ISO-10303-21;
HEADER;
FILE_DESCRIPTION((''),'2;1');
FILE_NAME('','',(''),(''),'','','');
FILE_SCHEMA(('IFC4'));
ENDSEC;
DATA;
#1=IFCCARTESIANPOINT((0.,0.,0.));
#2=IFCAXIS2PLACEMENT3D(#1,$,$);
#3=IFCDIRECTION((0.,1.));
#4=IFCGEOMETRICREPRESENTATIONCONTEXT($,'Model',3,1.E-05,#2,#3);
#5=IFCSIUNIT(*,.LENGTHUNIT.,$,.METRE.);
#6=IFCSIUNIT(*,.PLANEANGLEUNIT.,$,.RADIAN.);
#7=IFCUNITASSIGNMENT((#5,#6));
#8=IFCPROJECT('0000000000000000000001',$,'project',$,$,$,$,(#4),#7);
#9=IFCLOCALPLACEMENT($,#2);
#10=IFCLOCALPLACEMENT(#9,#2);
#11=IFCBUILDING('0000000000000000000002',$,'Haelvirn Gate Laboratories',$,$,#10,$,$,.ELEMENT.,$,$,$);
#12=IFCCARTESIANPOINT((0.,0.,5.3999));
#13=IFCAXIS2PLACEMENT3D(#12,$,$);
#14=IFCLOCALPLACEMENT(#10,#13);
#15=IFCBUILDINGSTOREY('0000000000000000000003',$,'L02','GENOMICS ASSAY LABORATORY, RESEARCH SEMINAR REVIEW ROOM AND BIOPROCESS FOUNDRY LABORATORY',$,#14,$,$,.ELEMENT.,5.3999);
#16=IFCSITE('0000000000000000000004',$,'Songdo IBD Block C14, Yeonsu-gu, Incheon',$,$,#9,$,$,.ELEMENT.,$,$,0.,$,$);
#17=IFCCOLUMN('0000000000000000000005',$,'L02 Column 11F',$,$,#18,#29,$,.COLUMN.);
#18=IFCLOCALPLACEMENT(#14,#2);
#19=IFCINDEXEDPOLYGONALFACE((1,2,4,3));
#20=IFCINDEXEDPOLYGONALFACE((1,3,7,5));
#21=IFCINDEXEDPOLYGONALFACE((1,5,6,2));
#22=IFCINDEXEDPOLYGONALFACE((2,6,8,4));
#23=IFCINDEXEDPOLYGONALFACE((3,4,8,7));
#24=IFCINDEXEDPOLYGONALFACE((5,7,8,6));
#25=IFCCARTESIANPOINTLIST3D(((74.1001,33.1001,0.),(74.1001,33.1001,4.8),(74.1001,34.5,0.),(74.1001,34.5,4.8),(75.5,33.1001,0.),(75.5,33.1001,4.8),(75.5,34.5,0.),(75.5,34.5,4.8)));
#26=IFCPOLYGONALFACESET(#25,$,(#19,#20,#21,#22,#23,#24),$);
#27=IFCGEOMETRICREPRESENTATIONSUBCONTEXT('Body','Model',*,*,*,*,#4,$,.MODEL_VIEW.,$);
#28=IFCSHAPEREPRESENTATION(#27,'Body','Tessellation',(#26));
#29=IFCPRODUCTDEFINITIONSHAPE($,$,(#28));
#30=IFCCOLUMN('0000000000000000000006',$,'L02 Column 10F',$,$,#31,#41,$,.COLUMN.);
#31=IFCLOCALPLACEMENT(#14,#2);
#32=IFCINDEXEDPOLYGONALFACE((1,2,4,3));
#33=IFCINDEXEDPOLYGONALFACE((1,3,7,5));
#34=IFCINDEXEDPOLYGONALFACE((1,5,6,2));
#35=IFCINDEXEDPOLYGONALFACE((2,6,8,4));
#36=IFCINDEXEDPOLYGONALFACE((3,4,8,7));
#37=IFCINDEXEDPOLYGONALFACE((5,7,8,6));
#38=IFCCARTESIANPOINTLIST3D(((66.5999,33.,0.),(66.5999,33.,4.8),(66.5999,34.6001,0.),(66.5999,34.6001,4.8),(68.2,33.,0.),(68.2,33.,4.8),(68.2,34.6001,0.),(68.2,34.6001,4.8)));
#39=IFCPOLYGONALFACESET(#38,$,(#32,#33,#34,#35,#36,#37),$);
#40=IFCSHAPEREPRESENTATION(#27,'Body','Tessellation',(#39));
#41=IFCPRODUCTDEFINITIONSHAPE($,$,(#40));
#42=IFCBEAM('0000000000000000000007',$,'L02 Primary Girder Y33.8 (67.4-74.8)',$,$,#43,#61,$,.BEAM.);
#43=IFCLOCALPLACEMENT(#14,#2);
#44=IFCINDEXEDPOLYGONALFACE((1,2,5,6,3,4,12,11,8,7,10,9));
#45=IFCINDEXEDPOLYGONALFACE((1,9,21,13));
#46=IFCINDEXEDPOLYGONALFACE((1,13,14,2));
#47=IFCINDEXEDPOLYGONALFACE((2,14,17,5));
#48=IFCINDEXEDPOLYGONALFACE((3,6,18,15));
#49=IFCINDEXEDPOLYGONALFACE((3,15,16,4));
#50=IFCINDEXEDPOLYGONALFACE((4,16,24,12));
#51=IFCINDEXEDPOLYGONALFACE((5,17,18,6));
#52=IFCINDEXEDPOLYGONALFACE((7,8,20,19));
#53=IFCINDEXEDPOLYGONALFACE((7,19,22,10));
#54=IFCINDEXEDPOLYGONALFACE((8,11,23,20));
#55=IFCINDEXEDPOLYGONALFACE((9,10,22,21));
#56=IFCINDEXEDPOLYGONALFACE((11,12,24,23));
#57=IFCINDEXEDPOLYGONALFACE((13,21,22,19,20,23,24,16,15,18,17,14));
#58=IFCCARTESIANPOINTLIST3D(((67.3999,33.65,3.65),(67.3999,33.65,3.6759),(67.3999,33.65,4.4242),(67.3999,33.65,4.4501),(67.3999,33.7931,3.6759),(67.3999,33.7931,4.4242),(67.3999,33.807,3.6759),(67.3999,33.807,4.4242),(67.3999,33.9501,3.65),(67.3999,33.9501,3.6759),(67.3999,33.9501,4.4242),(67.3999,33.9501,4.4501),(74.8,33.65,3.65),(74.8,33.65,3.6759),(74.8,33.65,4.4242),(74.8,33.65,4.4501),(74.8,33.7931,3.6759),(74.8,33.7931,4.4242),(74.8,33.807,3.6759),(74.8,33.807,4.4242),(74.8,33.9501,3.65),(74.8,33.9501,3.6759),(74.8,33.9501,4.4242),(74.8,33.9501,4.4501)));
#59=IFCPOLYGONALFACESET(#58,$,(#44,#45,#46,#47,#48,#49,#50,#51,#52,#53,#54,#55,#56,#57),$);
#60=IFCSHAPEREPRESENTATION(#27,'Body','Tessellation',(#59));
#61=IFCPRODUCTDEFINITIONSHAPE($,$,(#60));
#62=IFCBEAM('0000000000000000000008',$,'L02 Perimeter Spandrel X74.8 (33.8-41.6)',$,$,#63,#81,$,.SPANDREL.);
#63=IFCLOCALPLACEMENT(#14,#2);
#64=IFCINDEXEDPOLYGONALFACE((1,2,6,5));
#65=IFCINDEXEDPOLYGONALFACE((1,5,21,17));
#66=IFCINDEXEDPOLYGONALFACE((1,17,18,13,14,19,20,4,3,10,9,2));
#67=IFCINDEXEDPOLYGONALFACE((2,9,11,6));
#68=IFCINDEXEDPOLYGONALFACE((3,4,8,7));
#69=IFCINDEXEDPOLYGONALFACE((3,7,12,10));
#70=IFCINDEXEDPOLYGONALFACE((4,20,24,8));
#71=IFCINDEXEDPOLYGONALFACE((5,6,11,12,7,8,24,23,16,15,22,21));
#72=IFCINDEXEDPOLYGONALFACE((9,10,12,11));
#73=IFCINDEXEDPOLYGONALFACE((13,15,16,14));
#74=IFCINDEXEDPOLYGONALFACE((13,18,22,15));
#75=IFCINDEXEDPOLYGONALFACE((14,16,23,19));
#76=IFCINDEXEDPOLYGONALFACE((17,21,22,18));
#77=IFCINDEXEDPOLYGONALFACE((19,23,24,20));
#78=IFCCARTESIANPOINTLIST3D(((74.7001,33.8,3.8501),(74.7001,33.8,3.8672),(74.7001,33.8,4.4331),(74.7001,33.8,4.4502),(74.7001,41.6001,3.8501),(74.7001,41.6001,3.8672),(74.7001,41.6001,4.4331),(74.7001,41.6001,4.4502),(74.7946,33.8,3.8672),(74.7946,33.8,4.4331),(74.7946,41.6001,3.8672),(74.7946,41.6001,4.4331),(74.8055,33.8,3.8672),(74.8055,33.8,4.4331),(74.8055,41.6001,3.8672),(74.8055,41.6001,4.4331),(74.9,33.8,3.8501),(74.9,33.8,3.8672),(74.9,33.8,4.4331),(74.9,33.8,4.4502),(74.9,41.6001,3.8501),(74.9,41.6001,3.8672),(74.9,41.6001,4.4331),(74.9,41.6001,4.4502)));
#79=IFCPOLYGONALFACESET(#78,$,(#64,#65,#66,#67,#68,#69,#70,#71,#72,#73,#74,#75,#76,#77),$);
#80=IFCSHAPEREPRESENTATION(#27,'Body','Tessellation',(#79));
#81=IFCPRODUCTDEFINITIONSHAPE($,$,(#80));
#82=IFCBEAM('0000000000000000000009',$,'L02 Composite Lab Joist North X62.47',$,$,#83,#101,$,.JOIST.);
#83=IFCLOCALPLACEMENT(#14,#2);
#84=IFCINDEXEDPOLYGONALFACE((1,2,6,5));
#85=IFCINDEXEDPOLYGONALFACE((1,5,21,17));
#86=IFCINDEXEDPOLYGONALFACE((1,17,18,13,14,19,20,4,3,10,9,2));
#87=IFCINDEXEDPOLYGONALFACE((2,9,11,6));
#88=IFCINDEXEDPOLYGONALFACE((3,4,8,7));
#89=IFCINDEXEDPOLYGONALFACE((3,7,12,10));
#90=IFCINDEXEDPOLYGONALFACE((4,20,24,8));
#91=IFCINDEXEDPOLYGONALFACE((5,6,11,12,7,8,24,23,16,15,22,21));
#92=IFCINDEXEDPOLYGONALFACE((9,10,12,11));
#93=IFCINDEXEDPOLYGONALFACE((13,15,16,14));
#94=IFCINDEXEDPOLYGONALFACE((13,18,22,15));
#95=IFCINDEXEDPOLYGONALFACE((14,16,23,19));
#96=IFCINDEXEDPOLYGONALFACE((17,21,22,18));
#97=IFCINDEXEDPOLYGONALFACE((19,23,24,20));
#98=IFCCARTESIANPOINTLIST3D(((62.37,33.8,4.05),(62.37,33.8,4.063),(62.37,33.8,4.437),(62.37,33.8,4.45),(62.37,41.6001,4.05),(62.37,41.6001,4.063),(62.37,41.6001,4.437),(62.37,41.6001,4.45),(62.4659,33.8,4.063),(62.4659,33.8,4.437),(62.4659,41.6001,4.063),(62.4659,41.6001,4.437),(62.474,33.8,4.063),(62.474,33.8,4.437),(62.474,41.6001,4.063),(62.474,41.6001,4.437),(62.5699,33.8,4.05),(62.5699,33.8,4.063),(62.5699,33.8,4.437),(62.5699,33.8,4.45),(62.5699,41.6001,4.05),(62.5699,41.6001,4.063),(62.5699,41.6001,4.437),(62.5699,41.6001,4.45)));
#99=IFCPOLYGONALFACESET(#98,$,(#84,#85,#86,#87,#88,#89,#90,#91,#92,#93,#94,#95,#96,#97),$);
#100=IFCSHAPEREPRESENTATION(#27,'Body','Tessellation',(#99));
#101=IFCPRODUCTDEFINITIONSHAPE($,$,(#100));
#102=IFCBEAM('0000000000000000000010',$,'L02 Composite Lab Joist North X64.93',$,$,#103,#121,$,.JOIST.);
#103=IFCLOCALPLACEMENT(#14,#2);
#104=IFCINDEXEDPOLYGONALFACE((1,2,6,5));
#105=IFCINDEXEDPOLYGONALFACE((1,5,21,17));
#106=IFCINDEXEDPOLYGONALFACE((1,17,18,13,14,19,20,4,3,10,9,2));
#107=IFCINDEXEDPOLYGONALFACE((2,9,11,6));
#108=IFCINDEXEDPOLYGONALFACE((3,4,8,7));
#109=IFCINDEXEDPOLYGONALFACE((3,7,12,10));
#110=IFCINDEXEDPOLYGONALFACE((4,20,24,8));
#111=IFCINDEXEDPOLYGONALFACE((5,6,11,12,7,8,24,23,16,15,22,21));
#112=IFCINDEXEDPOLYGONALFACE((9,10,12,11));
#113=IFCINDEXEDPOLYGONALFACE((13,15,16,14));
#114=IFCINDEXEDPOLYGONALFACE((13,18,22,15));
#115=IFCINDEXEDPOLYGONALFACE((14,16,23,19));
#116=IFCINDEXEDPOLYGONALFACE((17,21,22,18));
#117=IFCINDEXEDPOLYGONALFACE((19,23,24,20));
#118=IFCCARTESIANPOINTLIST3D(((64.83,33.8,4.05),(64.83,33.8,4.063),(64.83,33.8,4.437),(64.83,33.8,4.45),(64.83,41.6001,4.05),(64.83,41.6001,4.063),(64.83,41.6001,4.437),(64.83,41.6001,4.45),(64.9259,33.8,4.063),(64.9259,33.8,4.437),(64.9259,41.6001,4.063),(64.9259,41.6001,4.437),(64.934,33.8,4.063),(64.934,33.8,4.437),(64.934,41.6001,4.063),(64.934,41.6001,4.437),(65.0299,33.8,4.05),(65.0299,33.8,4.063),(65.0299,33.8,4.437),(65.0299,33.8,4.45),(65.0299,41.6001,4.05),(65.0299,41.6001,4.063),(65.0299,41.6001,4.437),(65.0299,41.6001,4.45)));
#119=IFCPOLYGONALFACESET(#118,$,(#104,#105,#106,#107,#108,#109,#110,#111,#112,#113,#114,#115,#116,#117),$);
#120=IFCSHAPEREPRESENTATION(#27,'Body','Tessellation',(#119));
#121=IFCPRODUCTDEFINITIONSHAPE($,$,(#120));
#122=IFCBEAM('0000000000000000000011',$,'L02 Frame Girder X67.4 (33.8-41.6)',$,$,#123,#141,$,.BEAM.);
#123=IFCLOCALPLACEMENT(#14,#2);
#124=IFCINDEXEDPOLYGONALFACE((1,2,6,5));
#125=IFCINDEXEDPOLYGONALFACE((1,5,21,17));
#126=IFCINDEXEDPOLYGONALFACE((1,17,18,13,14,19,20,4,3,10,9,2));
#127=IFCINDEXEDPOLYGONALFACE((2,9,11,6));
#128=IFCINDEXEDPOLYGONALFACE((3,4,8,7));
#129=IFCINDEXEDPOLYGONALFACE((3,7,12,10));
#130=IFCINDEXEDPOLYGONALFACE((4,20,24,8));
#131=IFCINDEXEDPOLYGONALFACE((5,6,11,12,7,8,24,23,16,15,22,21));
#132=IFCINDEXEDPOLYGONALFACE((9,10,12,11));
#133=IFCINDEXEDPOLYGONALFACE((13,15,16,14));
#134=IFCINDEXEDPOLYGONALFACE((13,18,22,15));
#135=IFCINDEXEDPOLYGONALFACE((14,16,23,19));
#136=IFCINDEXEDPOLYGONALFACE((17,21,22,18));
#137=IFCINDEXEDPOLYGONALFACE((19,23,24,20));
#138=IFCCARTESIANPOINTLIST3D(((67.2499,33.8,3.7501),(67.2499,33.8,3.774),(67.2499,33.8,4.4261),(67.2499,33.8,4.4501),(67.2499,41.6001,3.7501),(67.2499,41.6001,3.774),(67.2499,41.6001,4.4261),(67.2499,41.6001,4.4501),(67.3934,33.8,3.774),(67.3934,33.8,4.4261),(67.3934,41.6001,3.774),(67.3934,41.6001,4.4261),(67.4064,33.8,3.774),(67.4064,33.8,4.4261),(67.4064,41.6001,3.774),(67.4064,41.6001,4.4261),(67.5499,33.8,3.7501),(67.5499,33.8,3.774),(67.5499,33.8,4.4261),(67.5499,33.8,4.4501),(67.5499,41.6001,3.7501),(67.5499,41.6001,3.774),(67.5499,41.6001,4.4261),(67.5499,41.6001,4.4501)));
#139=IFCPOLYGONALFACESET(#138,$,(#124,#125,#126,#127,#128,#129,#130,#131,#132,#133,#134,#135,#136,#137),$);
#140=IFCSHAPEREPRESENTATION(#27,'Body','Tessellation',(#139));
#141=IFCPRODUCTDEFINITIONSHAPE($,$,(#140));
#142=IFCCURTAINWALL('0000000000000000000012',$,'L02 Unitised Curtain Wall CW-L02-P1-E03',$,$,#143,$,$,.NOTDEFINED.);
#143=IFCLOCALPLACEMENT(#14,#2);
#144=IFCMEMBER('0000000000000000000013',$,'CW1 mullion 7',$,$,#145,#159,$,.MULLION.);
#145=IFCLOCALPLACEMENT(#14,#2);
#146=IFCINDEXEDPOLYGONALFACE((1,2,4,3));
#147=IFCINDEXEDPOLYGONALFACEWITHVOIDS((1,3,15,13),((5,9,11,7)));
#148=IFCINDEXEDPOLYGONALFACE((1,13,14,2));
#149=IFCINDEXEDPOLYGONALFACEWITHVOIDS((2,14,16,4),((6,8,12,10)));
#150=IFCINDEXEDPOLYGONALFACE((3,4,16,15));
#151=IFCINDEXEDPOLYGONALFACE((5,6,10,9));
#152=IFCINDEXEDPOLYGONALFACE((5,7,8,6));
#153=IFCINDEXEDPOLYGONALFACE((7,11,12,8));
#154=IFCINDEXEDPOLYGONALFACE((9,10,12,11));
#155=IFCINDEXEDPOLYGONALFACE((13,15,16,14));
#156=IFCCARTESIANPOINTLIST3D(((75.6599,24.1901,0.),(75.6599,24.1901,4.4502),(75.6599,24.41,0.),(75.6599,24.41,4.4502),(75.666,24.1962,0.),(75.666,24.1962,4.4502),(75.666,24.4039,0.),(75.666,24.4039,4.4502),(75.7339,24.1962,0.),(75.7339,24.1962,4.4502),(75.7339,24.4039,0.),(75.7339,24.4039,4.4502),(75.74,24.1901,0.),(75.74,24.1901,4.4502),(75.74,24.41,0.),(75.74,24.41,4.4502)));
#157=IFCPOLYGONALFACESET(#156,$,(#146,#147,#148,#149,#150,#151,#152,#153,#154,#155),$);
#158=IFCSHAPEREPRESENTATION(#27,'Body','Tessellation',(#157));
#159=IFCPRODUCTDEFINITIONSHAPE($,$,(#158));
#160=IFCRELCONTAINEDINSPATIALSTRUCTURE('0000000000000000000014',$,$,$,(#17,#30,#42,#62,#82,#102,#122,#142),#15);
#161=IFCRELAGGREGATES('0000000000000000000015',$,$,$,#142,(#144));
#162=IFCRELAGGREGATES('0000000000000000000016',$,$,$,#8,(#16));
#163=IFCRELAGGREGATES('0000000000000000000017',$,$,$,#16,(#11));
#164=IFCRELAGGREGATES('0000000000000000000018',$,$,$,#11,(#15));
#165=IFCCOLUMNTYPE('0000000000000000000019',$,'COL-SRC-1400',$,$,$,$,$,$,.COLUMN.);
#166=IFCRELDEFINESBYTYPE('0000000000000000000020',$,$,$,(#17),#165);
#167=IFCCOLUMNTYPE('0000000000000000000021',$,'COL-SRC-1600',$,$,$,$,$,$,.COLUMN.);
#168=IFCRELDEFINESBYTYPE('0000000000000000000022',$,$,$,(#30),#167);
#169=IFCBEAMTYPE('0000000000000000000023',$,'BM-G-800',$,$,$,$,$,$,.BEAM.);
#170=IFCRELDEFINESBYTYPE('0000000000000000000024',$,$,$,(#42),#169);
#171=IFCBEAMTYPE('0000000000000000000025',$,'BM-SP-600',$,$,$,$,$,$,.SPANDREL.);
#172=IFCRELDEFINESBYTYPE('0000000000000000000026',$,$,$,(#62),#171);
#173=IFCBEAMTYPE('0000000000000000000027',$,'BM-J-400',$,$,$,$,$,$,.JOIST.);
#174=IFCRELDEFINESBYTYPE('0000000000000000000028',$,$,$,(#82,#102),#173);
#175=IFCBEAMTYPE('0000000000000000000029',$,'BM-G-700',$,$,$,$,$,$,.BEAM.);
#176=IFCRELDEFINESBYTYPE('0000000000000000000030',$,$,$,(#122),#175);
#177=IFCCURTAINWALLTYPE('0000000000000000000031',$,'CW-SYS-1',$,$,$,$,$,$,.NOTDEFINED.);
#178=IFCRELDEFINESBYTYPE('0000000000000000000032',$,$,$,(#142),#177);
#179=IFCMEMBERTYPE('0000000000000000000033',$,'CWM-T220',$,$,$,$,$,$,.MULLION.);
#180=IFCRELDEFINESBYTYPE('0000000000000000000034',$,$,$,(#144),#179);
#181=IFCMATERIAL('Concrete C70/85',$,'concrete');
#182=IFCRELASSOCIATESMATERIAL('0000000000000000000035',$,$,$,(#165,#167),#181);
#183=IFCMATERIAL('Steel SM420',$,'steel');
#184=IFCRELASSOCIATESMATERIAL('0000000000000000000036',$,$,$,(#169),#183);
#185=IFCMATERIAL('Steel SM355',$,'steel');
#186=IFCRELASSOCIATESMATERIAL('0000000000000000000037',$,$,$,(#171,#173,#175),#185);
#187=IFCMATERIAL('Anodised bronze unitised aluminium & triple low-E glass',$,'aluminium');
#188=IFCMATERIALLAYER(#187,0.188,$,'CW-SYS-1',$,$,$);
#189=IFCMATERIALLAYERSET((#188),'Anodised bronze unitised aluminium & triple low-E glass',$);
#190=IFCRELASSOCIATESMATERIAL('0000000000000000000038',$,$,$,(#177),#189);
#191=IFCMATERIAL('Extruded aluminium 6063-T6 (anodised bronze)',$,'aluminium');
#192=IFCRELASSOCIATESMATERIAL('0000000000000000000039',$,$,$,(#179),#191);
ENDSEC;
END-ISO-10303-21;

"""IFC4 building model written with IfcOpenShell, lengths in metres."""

from ifc_helpers import new_model, si_unit, direction, frame, origin, origin_2d, place, context, subcontext, project, spatial, rectangle, hollow_rectangle, i_section, extrude, source, transform, mapped, material, layer, layer_set, material_profile, profile_set, type_object, type_shapes, element, aggregate, save


model = new_model("IFC4")

# Units and contexts
model_context = context("Model", 3, precision=1e-05, world=origin(), true_north=direction((0.0, 1.0)))
body_context = subcontext(model_context, "Body", "Model", "MODEL_VIEW")
ifc_project = project(units=[si_unit("LENGTHUNIT", "METRE"), si_unit("PLANEANGLEUNIT", "RADIAN")], contexts=[model_context])

# Site, building, storey
site_placement = place(None, origin())
site = spatial("IfcSite", under=ifc_project, at=site_placement, Name="Songdo IBD Block C14, Yeonsu-gu, Incheon", CompositionType="ELEMENT", RefElevation=0.0)
building_placement = place(site_placement, origin())
building = spatial("IfcBuilding", under=site, at=building_placement, Name="Haelvirn Gate Laboratories", CompositionType="ELEMENT")
storey_placement = place(building_placement, frame((0.0, 0.0, 5.3999)))
storey = spatial("IfcBuildingStorey", under=building, at=storey_placement, Name="L02", Description="GENOMICS ASSAY LABORATORY, RESEARCH SEMINAR REVIEW ROOM AND BIOPROCESS FOUNDRY LABORATORY", CompositionType="ELEMENT", Elevation=5.3999)

# Columns
ifc_material_1 = material(Name="Concrete C70/85", Category="concrete")
ifc_material_profile_1 = material_profile(ifc_material_1, rectangle(XDim=1.3999, YDim=1.3999, at=origin_2d()), Name="SRC-1400x1400")
ifc_profile_set_1 = profile_set([ifc_material_profile_1], Name="Concrete C70/85")
column_type_1 = type_object("IfcColumnType", Name="COL-SRC-1400", PredefinedType="COLUMN", material=ifc_profile_set_1)
shared_shape_1 = source(origin(), body_context, "Body", "SweptSolid", [
    extrude(rectangle(XDim=1.3999, YDim=1.3999, at=origin_2d()), origin(), (0.0, 0.0, 1.0), 4.8),
])
type_shapes(column_type_1, [shared_shape_1])
column_1_placement = place(storey_placement, frame((74.8, 33.8, 0.0), z_axis=(0.0, 0.0, 1.0), x_axis=(1.0, 0.0, 0.0)))
element("IfcColumn", 1, at=column_1_placement, inside=storey, type_object=column_type_1, Name="L02 Column 11F", PredefinedType="COLUMN", context=body_context, shape_type="MappedRepresentation", body=[
    mapped(shared_shape_1, transform((0.0, 0.0, 0.0), scale=1.0)),
])
ifc_material_profile_2 = material_profile(ifc_material_1, rectangle(XDim=1.6001, YDim=1.6001, at=origin_2d()), Name="SRC-1600x1600")
ifc_profile_set_2 = profile_set([ifc_material_profile_2], Name="Concrete C70/85")
column_type_2 = type_object("IfcColumnType", Name="COL-SRC-1600", PredefinedType="COLUMN", material=ifc_profile_set_2)
shared_shape_2 = source(origin(), body_context, "Body", "SweptSolid", [
    extrude(rectangle(XDim=1.6001, YDim=1.6001, at=origin_2d()), origin(), (0.0, 0.0, 1.0), 4.8),
])
type_shapes(column_type_2, [shared_shape_2])
column_2_placement = place(storey_placement, frame((67.3999, 33.8, 0.0), z_axis=(0.0, 0.0, 1.0), x_axis=(1.0, 0.0, 0.0)))
element("IfcColumn", 2, at=column_2_placement, inside=storey, type_object=column_type_2, Name="L02 Column 10F", PredefinedType="COLUMN", context=body_context, shape_type="MappedRepresentation", body=[
    mapped(shared_shape_2, transform((0.0, 0.0, 0.0), scale=1.0)),
])

# Beams
ifc_material_2 = material(Name="Steel SM420", Category="steel")
ifc_material_profile_3 = material_profile(ifc_material_2, i_section(OverallWidth=0.3, OverallDepth=0.8, WebThickness=0.0139, FlangeThickness=0.0259, at=origin_2d()), Name="H-800x300x14x26")
ifc_profile_set_3 = profile_set([ifc_material_profile_3], Name="Steel SM420")
beam_type_1 = type_object("IfcBeamType", Name="BM-G-800", PredefinedType="BEAM", material=ifc_profile_set_3)
shared_shape_3 = source(origin(), body_context, "Body", "SweptSolid", [
    extrude(i_section(OverallWidth=0.3, OverallDepth=0.8, WebThickness=0.0139, FlangeThickness=0.0259, at=origin_2d()), origin(), (0.0, 0.0, 1.0), 7.4001),
])
type_shapes(beam_type_1, [shared_shape_3])
beam_1_placement = place(storey_placement, frame((67.3999, 33.8, 4.05), z_axis=(1.0, 0.0, 0.0), x_axis=(0.0, 1.0, 0.0)))
element("IfcBeam", 3, at=beam_1_placement, inside=storey, type_object=beam_type_1, Name="L02 Primary Girder Y33.8 (67.4-74.8)", PredefinedType="BEAM", context=body_context, shape_type="MappedRepresentation", body=[
    mapped(shared_shape_3, transform((0.0, 0.0, 0.0), scale=1.0)),
])
ifc_material_3 = material(Name="Steel SM355", Category="steel")
ifc_material_profile_4 = material_profile(ifc_material_3, i_section(OverallWidth=0.2, OverallDepth=0.6001, WebThickness=0.011, FlangeThickness=0.0171, at=origin_2d()), Name="H-600x200x11x17")
ifc_profile_set_4 = profile_set([ifc_material_profile_4], Name="Steel SM355")
beam_type_2 = type_object("IfcBeamType", Name="BM-SP-600", PredefinedType="SPANDREL", material=ifc_profile_set_4)
shared_shape_4 = source(origin(), body_context, "Body", "SweptSolid", [
    extrude(i_section(OverallWidth=0.2, OverallDepth=0.6001, WebThickness=0.011, FlangeThickness=0.0171, at=origin_2d()), origin(), (0.0, 0.0, 1.0), 7.8),
])
type_shapes(beam_type_2, [shared_shape_4])
beam_2_placement = place(storey_placement, frame((74.8, 33.8, 4.1501), z_axis=(0.0, 1.0, 0.0), x_axis=(-1.0, 0.0, 0.0)))
element("IfcBeam", 4, at=beam_2_placement, inside=storey, type_object=beam_type_2, Name="L02 Perimeter Spandrel X74.8 (33.8-41.6)", PredefinedType="SPANDREL", context=body_context, shape_type="MappedRepresentation", body=[
    mapped(shared_shape_4, transform((0.0, 0.0, 0.0), scale=1.0)),
])
ifc_material_profile_5 = material_profile(ifc_material_3, i_section(OverallWidth=0.2, OverallDepth=0.3999, WebThickness=0.0081, FlangeThickness=0.0129, at=origin_2d()), Name="H-400x200x8x13")
ifc_profile_set_5 = profile_set([ifc_material_profile_5], Name="Steel SM355")
beam_type_3 = type_object("IfcBeamType", Name="BM-J-400", PredefinedType="JOIST", material=ifc_profile_set_5)
shared_shape_5 = source(origin(), body_context, "Body", "SweptSolid", [
    extrude(i_section(OverallWidth=0.2, OverallDepth=0.3999, WebThickness=0.0081, FlangeThickness=0.0129, at=origin_2d()), origin(), (0.0, 0.0, 1.0), 7.8),
])
type_shapes(beam_type_3, [shared_shape_5])
for number, where, z_axis, x_axis, name in (
    (5, (62.47, 33.8, 4.25), (0.0, 1.0, 0.0), (-1.0, 0.0, 0.0), "L02 Composite Lab Joist North X62.47"),
    (6, (64.9299, 33.8, 4.25), (0.0, 1.0, 0.0), (-1.0, 0.0, 0.0), "L02 Composite Lab Joist North X64.93"),
):
    element("IfcBeam", number, at=place(storey_placement, frame(where, z_axis=z_axis, x_axis=x_axis)), inside=storey, type_object=beam_type_3, Name=name, PredefinedType="JOIST", context=body_context, shape_type="MappedRepresentation", body=[
        mapped(shared_shape_5, transform((0.0, 0.0, 0.0), scale=1.0)),
    ])
ifc_material_profile_6 = material_profile(ifc_material_3, i_section(OverallWidth=0.3, OverallDepth=0.7, WebThickness=0.0129, FlangeThickness=0.0239, at=origin_2d()), Name="H-700x300x13x24")
ifc_profile_set_6 = profile_set([ifc_material_profile_6], Name="Steel SM355")
beam_type_4 = type_object("IfcBeamType", Name="BM-G-700", PredefinedType="BEAM", material=ifc_profile_set_6)
shared_shape_6 = source(origin(), body_context, "Body", "SweptSolid", [
    extrude(i_section(OverallWidth=0.3, OverallDepth=0.7, WebThickness=0.0129, FlangeThickness=0.0239, at=origin_2d()), origin(), (0.0, 0.0, 1.0), 7.8),
])
type_shapes(beam_type_4, [shared_shape_6])
beam_3_placement = place(storey_placement, frame((67.3999, 33.8, 4.1001), z_axis=(0.0, 1.0, 0.0), x_axis=(-1.0, 0.0, 0.0)))
element("IfcBeam", 7, at=beam_3_placement, inside=storey, type_object=beam_type_4, Name="L02 Frame Girder X67.4 (33.8-41.6)", PredefinedType="BEAM", context=body_context, shape_type="MappedRepresentation", body=[
    mapped(shared_shape_6, transform((0.0, 0.0, 0.0), scale=1.0)),
])

# Curtain wall, member
ifc_material_4 = material(Name="Anodised bronze unitised aluminium & triple low-E glass", Category="aluminium")
ifc_layer_1 = layer(ifc_material_4, 0.188, Name="CW-SYS-1")
ifc_layer_set_1 = layer_set([ifc_layer_1], Name="Anodised bronze unitised aluminium & triple low-E glass")
curtain_wall_type = type_object("IfcCurtainWallType", Name="CW-SYS-1", PredefinedType="NOTDEFINED", material=ifc_layer_set_1)
curtain_wall_placement = place(storey_placement, origin())
curtain_wall = element("IfcCurtainWall", 8, at=curtain_wall_placement, inside=storey, type_object=curtain_wall_type, Name="L02 Unitised Curtain Wall CW-L02-P1-E03", PredefinedType="NOTDEFINED")
ifc_material_5 = material(Name="Extruded aluminium 6063-T6 (anodised bronze)", Category="aluminium")
ifc_material_profile_7 = material_profile(ifc_material_5, hollow_rectangle(XDim=0.0801, YDim=0.22, WallThickness=0.0061, at=origin_2d()), Name="CWM-220x80x6")
ifc_profile_set_7 = profile_set([ifc_material_profile_7], Name="Extruded aluminium 6063-T6 (anodised bronze)")
member_type_1 = type_object("IfcMemberType", Name="CWM-T220", PredefinedType="MULLION", material=ifc_profile_set_7)
shared_shape_7 = source(origin(), body_context, "Body", "SweptSolid", [
    extrude(hollow_rectangle(XDim=0.0801, YDim=0.22, WallThickness=0.0061, at=origin_2d()), origin(), (0.0, 0.0, 1.0), 4.4502),
])
type_shapes(member_type_1, [shared_shape_7])
member_1_placement = place(storey_placement, frame((75.7, 24.3, 0.0), z_axis=(0.0, 0.0, 1.0), x_axis=(-1.0, 0.0, 0.0)))
member_1 = element("IfcMember", 9, at=member_1_placement, type_object=member_type_1, Name="CW1 mullion 7", PredefinedType="MULLION", context=body_context, shape_type="MappedRepresentation", body=[
    mapped(shared_shape_7, transform((0.0, 0.0, 0.0), scale=1.0)),
])
aggregate(curtain_wall, [member_1])

save(model, "model.ifc")
